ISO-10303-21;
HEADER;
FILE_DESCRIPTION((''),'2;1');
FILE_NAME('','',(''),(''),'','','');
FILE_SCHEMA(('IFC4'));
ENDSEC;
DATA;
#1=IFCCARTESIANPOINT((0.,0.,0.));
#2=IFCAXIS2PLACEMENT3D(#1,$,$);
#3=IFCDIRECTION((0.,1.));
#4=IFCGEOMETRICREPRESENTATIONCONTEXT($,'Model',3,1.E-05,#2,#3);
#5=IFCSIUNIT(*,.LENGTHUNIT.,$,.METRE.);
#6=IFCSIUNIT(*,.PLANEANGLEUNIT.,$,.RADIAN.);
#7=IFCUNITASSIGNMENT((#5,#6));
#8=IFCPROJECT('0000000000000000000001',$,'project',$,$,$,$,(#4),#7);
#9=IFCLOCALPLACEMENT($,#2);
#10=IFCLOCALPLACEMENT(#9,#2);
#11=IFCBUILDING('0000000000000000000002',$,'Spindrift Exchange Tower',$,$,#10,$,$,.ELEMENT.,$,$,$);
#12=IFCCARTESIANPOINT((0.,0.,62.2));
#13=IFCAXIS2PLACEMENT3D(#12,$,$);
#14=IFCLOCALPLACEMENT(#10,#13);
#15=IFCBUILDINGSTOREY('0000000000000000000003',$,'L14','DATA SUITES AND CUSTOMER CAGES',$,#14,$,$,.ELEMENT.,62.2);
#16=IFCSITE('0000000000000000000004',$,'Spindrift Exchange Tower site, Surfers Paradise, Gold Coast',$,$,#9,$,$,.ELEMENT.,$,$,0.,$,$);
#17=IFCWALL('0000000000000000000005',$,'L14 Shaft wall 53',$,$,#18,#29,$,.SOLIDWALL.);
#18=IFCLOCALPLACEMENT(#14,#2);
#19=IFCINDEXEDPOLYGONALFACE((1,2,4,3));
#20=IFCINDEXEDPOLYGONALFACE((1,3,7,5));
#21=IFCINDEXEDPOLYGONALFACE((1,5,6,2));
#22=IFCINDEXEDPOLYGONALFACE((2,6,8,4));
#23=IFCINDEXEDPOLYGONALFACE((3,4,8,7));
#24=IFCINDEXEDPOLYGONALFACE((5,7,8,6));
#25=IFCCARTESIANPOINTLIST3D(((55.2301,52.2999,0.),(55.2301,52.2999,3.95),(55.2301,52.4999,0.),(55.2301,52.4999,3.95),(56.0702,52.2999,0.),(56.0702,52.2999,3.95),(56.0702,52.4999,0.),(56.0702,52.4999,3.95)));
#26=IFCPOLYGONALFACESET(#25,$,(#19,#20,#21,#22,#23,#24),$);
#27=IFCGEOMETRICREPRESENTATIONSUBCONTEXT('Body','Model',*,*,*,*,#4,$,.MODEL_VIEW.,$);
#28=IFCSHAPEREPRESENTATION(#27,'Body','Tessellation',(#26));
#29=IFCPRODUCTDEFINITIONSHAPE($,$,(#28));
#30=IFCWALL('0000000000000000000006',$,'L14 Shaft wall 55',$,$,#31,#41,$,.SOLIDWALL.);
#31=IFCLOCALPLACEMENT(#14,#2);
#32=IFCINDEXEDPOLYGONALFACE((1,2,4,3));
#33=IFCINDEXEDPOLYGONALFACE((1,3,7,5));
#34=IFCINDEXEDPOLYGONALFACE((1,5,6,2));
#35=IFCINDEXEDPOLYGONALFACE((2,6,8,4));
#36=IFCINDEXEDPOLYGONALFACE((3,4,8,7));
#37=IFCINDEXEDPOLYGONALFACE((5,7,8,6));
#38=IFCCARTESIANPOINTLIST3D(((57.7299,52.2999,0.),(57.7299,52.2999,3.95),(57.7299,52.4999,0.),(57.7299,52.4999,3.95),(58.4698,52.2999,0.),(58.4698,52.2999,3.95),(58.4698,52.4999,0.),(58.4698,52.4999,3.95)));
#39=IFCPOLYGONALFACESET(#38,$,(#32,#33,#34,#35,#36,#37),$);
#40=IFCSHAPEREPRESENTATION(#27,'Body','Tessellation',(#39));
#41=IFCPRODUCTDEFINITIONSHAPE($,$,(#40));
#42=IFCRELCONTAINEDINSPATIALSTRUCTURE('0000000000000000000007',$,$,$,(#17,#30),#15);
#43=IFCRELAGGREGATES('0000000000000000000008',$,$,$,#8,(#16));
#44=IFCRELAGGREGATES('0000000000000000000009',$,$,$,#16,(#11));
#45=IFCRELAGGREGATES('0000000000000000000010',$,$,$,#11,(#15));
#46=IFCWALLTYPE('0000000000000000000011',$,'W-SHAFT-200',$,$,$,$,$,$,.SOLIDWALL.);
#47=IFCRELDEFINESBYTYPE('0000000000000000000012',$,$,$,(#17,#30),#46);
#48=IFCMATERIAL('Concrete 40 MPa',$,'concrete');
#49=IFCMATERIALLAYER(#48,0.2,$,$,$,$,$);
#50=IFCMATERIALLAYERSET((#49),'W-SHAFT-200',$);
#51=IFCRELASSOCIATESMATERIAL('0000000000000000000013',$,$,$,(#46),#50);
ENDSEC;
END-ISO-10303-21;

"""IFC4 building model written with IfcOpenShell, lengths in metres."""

from ifc_helpers import new_model, si_unit, direction, frame, frame_2d, origin, place, context, subcontext, project, spatial, rectangle, extrude, material, layer, layer_set, type_object, element, save


model = new_model("IFC4")

# Units and contexts
model_context = context("Model", 3, precision=1e-05, world=origin(), true_north=direction((0.0, 1.0)))
body_context = subcontext(model_context, "Body", "Model", "MODEL_VIEW")
ifc_project = project(units=[si_unit("LENGTHUNIT", "METRE"), si_unit("PLANEANGLEUNIT", "RADIAN")], contexts=[model_context])

# Site, building, storey
site_placement = place(None, origin())
site = spatial("IfcSite", under=ifc_project, at=site_placement, Name="Spindrift Exchange Tower site, Surfers Paradise, Gold Coast", CompositionType="ELEMENT", RefElevation=0.0)
building_placement = place(site_placement, origin())
building = spatial("IfcBuilding", under=site, at=building_placement, Name="Spindrift Exchange Tower", CompositionType="ELEMENT")
storey_placement = place(building_placement, frame((0.0, 0.0, 62.2)))
storey = spatial("IfcBuildingStorey", under=building, at=storey_placement, Name="L14", Description="DATA SUITES AND CUSTOMER CAGES", CompositionType="ELEMENT", Elevation=62.2)

# Walls
ifc_material_1 = material(Name="Concrete 40 MPa", Category="concrete")
ifc_layer_1 = layer(ifc_material_1, 0.2)
ifc_layer_set_1 = layer_set([ifc_layer_1], Name="W-SHAFT-200")
wall_type_1 = type_object("IfcWallType", Name="W-SHAFT-200", PredefinedType="SOLIDWALL", material=ifc_layer_set_1)
wall_1_placement = place(storey_placement, frame((56.0701, 52.3999, 0.0), z_axis=(0.0, 0.0, 1.0), x_axis=(-1.0, 0.0, 0.0)))
element("IfcWall", 1, at=wall_1_placement, inside=storey, type_object=wall_type_1, Name="L14 Shaft wall 53", PredefinedType="SOLIDWALL", context=body_context, shape_type="SweptSolid", body=[
    extrude(rectangle(XDim=0.8401, YDim=0.2, at=frame_2d((0.4199, 0.0))), origin(), (0.0, 0.0, 1.0), 3.95),
])
wall_2_placement = place(storey_placement, frame((58.47, 52.3999, 0.0), z_axis=(0.0, 0.0, 1.0), x_axis=(-1.0, 0.0, 0.0)))
element("IfcWall", 2, at=wall_2_placement, inside=storey, type_object=wall_type_1, Name="L14 Shaft wall 55", PredefinedType="SOLIDWALL", context=body_context, shape_type="SweptSolid", body=[
    extrude(rectangle(XDim=0.74, YDim=0.2, at=frame_2d((0.3701, 0.0))), origin(), (0.0, 0.0, 1.0), 3.95),
])

save(model, "model.ifc")
